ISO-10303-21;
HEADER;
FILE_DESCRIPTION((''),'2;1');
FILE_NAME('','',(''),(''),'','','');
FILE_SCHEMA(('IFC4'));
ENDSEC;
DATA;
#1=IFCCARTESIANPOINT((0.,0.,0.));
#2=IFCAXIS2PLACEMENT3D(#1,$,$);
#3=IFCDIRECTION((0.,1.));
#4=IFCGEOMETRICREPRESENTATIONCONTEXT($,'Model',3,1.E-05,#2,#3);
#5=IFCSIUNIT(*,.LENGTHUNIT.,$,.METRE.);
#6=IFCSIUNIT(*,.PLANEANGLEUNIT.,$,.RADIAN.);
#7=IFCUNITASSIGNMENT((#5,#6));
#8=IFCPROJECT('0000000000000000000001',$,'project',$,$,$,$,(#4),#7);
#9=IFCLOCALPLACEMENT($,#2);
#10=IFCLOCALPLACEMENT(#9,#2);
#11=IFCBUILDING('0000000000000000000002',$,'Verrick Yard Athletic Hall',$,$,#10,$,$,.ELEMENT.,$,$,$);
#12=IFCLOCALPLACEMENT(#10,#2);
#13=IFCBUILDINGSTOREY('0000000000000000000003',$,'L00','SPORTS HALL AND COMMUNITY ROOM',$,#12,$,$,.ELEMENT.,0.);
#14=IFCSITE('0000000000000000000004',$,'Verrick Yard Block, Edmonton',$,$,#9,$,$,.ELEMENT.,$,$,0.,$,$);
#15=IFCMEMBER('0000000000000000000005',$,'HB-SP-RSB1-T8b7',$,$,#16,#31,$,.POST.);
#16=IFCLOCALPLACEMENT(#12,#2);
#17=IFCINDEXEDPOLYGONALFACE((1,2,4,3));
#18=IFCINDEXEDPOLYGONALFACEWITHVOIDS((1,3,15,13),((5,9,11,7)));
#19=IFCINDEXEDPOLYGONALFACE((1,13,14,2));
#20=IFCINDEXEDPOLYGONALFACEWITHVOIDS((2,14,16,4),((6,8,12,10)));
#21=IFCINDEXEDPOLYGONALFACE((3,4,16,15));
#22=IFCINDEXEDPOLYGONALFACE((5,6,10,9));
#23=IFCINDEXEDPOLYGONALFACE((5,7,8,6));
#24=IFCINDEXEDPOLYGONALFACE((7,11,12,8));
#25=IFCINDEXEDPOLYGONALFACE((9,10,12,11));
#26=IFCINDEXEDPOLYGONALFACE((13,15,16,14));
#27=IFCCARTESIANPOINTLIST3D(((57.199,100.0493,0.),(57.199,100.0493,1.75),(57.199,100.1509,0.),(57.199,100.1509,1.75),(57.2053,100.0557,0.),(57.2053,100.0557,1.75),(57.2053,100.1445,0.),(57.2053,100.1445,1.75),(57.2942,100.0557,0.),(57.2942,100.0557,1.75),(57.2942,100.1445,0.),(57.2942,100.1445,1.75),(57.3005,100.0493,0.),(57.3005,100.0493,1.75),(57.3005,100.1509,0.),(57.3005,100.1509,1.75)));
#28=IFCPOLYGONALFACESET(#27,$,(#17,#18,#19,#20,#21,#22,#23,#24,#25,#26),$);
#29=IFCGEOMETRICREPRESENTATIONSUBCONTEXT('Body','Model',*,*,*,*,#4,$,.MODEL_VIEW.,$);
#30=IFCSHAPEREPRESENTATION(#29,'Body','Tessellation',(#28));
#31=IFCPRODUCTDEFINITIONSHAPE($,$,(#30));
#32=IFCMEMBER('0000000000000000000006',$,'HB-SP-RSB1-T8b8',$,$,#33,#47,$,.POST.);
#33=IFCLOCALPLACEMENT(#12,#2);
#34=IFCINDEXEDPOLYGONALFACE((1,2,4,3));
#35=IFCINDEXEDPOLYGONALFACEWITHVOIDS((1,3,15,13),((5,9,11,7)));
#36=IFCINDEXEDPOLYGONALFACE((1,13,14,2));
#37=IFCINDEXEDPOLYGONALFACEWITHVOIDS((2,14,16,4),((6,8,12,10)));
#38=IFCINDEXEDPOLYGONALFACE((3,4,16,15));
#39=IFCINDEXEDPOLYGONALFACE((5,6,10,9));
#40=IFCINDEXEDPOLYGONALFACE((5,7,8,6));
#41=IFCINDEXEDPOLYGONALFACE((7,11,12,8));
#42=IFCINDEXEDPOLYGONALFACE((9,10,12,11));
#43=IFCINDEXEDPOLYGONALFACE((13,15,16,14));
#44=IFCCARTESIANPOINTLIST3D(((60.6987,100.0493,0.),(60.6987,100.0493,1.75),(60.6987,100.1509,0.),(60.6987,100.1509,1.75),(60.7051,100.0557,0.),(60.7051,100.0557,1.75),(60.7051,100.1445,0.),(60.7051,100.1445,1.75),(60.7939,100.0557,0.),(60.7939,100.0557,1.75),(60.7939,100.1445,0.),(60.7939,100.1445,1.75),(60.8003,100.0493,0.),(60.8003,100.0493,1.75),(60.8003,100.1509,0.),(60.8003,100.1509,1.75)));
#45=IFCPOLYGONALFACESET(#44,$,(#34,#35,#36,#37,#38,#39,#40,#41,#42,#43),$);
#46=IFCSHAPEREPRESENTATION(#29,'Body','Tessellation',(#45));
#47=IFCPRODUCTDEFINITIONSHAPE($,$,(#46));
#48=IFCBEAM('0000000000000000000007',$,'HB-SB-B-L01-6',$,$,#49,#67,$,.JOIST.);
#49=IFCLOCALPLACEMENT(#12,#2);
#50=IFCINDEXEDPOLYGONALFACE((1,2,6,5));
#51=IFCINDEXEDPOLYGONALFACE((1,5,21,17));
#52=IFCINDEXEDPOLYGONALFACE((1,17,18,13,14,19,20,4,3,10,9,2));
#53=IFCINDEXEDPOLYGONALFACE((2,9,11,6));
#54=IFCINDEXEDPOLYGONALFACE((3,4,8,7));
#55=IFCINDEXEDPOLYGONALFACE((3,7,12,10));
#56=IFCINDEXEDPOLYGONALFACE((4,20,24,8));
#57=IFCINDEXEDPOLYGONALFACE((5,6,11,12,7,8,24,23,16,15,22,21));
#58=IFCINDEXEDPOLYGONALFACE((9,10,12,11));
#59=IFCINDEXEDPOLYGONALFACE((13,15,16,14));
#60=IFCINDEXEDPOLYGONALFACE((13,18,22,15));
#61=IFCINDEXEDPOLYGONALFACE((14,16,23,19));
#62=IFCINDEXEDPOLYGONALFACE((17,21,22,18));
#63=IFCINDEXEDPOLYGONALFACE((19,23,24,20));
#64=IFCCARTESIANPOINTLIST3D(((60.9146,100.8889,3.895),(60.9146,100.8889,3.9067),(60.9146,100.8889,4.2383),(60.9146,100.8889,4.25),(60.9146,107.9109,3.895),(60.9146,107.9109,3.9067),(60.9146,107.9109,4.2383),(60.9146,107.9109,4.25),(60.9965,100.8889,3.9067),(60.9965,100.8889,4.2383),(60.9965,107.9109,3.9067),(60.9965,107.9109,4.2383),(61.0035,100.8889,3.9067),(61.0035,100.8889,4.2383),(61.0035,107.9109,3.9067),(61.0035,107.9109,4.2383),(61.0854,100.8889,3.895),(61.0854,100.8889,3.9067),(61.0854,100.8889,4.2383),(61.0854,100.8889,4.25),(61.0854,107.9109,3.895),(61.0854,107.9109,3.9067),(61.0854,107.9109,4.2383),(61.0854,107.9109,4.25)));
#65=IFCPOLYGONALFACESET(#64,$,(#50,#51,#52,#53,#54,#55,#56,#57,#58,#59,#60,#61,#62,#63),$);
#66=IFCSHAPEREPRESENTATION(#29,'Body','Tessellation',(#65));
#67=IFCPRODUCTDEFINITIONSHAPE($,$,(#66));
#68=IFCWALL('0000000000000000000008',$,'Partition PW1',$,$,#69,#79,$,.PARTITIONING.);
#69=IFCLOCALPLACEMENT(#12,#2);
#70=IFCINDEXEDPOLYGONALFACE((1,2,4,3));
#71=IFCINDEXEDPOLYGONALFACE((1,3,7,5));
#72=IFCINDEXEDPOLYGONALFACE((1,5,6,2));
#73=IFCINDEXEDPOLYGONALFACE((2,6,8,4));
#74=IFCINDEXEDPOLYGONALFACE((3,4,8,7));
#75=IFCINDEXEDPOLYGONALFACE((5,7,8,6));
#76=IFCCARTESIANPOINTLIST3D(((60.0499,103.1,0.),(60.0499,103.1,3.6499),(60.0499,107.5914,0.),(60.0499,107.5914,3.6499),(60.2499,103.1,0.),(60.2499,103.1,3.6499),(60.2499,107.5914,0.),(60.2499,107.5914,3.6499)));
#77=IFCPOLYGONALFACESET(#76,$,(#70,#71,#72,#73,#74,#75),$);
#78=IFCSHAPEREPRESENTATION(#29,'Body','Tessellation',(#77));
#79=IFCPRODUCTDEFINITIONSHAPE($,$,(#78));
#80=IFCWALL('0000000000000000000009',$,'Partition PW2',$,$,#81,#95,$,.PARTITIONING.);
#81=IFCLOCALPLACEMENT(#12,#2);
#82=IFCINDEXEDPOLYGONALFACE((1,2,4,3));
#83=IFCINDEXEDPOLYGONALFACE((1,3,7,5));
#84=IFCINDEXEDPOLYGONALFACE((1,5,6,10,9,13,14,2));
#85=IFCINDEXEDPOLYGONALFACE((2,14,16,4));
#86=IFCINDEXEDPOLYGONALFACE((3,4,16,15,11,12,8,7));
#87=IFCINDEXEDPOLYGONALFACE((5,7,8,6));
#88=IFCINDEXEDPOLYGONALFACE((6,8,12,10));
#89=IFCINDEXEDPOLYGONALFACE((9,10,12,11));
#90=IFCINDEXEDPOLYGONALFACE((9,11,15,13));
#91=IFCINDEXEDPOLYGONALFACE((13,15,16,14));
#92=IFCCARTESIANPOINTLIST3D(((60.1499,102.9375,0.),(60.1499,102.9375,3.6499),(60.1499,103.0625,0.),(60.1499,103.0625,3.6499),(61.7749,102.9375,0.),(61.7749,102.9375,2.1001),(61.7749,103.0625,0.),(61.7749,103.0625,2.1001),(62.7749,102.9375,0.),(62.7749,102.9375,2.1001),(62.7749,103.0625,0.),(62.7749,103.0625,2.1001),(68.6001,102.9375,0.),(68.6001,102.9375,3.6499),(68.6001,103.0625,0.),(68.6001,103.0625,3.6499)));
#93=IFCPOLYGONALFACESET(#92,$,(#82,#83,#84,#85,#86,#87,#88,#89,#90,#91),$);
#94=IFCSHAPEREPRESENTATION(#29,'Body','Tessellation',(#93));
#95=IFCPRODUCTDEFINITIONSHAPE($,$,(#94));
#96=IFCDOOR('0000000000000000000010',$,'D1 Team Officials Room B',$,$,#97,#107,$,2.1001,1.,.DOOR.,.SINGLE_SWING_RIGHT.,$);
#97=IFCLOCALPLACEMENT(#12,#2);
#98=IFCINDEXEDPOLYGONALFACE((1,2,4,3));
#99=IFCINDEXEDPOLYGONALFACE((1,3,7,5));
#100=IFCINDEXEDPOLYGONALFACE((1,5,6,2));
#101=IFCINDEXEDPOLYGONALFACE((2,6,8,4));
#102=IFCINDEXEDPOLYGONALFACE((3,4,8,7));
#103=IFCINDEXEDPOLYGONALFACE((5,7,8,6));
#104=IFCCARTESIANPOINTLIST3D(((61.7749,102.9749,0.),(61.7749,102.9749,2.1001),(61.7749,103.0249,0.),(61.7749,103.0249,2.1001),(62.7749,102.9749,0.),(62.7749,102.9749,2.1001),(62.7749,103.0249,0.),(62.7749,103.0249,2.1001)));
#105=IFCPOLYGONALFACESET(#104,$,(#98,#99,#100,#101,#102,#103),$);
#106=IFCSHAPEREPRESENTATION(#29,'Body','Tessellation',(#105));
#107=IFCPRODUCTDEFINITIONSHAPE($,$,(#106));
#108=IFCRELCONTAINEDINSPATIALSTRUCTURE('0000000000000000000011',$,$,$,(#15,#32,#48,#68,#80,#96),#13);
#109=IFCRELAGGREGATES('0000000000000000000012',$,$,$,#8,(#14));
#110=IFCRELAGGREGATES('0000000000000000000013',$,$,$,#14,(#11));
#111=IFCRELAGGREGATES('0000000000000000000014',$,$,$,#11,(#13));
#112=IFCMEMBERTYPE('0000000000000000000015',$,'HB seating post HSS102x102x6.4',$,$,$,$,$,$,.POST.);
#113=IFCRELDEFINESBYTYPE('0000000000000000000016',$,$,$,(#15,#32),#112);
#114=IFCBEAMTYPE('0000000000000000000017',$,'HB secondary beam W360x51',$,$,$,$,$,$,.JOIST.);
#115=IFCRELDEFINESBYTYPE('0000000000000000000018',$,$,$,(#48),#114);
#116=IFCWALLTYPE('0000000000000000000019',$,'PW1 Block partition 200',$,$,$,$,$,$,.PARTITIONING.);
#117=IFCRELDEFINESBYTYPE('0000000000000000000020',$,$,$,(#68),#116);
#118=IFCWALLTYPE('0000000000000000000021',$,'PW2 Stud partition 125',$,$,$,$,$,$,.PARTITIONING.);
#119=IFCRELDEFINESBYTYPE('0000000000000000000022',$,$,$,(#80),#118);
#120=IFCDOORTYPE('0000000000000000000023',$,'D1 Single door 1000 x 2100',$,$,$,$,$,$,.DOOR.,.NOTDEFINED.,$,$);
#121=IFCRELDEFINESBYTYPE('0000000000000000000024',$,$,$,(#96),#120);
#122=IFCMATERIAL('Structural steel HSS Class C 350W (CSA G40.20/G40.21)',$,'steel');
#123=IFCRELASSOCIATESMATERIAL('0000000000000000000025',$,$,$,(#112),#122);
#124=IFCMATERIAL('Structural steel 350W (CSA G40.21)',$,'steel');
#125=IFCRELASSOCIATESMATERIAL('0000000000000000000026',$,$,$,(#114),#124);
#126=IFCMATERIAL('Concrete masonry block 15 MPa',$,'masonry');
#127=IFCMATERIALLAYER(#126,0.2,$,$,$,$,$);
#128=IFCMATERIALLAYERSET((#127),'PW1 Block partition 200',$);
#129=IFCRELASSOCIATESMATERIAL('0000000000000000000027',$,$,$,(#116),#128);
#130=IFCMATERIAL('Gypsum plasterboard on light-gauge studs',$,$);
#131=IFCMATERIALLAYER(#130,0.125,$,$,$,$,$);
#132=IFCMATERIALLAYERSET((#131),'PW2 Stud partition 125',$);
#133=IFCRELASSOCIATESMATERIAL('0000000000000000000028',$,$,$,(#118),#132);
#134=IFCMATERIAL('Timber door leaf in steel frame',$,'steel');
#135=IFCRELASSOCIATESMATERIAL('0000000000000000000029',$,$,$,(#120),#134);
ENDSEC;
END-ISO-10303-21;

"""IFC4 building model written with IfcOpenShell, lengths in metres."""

from ifc_helpers import new_model, si_unit, direction, frame, frame_2d, origin, origin_2d, place, context, subcontext, project, spatial, rectangle, hollow_rectangle, i_section, extrude, material, layer, layer_set, material_profile, profile_set, type_object, element, fill, save


model = new_model("IFC4")

# Units and contexts
model_context = context("Model", 3, precision=1e-05, world=origin(), true_north=direction((0.0, 1.0)))
body_context = subcontext(model_context, "Body", "Model", "MODEL_VIEW")
ifc_project = project(units=[si_unit("LENGTHUNIT", "METRE"), si_unit("PLANEANGLEUNIT", "RADIAN")], contexts=[model_context])

# Site, building, storey
site_placement = place(None, origin())
site = spatial("IfcSite", under=ifc_project, at=site_placement, Name="Verrick Yard Block, Edmonton", CompositionType="ELEMENT", RefElevation=0.0)
building_placement = place(site_placement, origin())
building = spatial("IfcBuilding", under=site, at=building_placement, Name="Verrick Yard Athletic Hall", CompositionType="ELEMENT")
storey_placement = place(building_placement, origin())
storey = spatial("IfcBuildingStorey", under=building, at=storey_placement, Name="L00", Description="SPORTS HALL AND COMMUNITY ROOM", CompositionType="ELEMENT", Elevation=0.0)

# Shared definitions
ifc_material_1 = material(Name="Structural steel 350W (CSA G40.21)", Category="steel")

# Members
ifc_material_2 = material(Name="Structural steel HSS Class C 350W (CSA G40.20/G40.21)", Category="steel")
ifc_material_profile_1 = material_profile(ifc_material_2, hollow_rectangle(XDim=0.1016, YDim=0.1016, WallThickness=0.0063, at=origin_2d()), Name="HSS102x102x6.4")
ifc_profile_set_1 = profile_set([ifc_material_profile_1], Name="Structural steel HSS Class C 350W (CSA G40.20/G40.21)")
member_type = type_object("IfcMemberType", Name="HB seating post HSS102x102x6.4", PredefinedType="POST", material=ifc_profile_set_1)
for number, where, z_axis, x_axis, name in (
    (1, (57.2498, 100.1001, 0.0), (0.0, 0.0, 1.0), (0.0, 1.0, 0.0), "HB-SP-RSB1-T8b7"),
    (2, (60.7495, 100.1001, 0.0), (0.0, 0.0, 1.0), (0.0, 1.0, 0.0), "HB-SP-RSB1-T8b8"),
):
    element("IfcMember", number, at=place(storey_placement, frame(where, z_axis=z_axis, x_axis=x_axis)), inside=storey, type_object=member_type, Name=name, PredefinedType="POST", context=body_context, shape_type="SweptSolid", body=[
        extrude(hollow_rectangle(XDim=0.1016, YDim=0.1016, WallThickness=0.0063, at=origin_2d()), origin(), (0.0, 0.0, 1.0), 1.75),
    ])

# Beam
ifc_material_profile_2 = material_profile(ifc_material_1, i_section(OverallWidth=0.1709, OverallDepth=0.355, WebThickness=0.0071, FlangeThickness=0.0117, at=origin_2d()), Name="W360x51")
ifc_profile_set_2 = profile_set([ifc_material_profile_2], Name="Structural steel 350W (CSA G40.21)")
beam_type_1 = type_object("IfcBeamType", Name="HB secondary beam W360x51", PredefinedType="JOIST", material=ifc_profile_set_2)
beam_placement = place(storey_placement, frame((61.0, 100.8889, 4.0725), z_axis=(0.0, 1.0, 0.0), x_axis=(-1.0, 0.0, 0.0)))
element("IfcBeam", 3, at=beam_placement, inside=storey, type_object=beam_type_1, Name="HB-SB-B-L01-6", PredefinedType="JOIST", context=body_context, shape_type="SweptSolid", body=[
    extrude(i_section(OverallWidth=0.1709, OverallDepth=0.355, WebThickness=0.0071, FlangeThickness=0.0117, at=origin_2d()), origin(), (0.0, 0.0, 1.0), 7.022),
])

# Wall
ifc_material_3 = material(Name="Concrete masonry block 15 MPa", Category="masonry")
ifc_layer_1 = layer(ifc_material_3, 0.2)
ifc_layer_set_1 = layer_set([ifc_layer_1], Name="PW1 Block partition 200")
wall_type_1 = type_object("IfcWallType", Name="PW1 Block partition 200", PredefinedType="PARTITIONING", material=ifc_layer_set_1)
wall_1_placement = place(storey_placement, frame((60.1499, 103.1001, 0.0), z_axis=(0.0, 0.0, 1.0), x_axis=(0.0, 1.0, 0.0)))
element("IfcWall", 4, at=wall_1_placement, inside=storey, type_object=wall_type_1, Name="Partition PW1", PredefinedType="PARTITIONING", context=body_context, shape_type="SweptSolid", body=[
    extrude(rectangle(XDim=4.4915, YDim=0.2, at=frame_2d((2.2456, 0.0))), origin(), (0.0, 0.0, 1.0), 3.6499),
])

# Wall, opening, door
ifc_material_4 = material(Name="Gypsum plasterboard on light-gauge studs")
ifc_layer_2 = layer(ifc_material_4, 0.125)
ifc_layer_set_2 = layer_set([ifc_layer_2], Name="PW2 Stud partition 125")
wall_type_2 = type_object("IfcWallType", Name="PW2 Stud partition 125", PredefinedType="PARTITIONING", material=ifc_layer_set_2)
wall_2_placement = place(storey_placement, frame((60.1499, 103.0, 0.0), z_axis=(0.0, 0.0, 1.0), x_axis=(1.0, 0.0, 0.0)))
wall_2 = element("IfcWall", 5, at=wall_2_placement, inside=storey, type_object=wall_type_2, Name="Partition PW2", PredefinedType="PARTITIONING", context=body_context, shape_type="SweptSolid", body=[
    extrude(rectangle(XDim=8.4502, YDim=0.125, at=frame_2d((4.2251, 0.0))), origin(), (0.0, 0.0, 1.0), 3.6499),
])
opening_placement = place(wall_2_placement, frame((1.625, 0.0, 0.0)))
opening = element("IfcOpeningElement", 6, at=opening_placement, cuts=wall_2, PredefinedType="OPENING", context=body_context, shape_type="SweptSolid", body=[
    extrude(rectangle(XDim=1.0, YDim=2.1001, at=frame_2d((0.5, 1.05))), frame((0.0, 0.0725, 0.0), z_axis=(0.0, -1.0, 0.0), x_axis=(1.0, 0.0, 0.0)), (0.0, 0.0, 1.0), 0.145),
])
ifc_material_5 = material(Name="Timber door leaf in steel frame", Category="steel")
door_type = type_object("IfcDoorType", Name="D1 Single door 1000 x 2100", OperationType="NOTDEFINED", PredefinedType="DOOR", material=ifc_material_5)
door_placement = place(opening_placement, origin())
door = element("IfcDoor", 7, at=door_placement, inside=storey, type_object=door_type, Name="D1 Team Officials Room B", OperationType="SINGLE_SWING_RIGHT", OverallHeight=2.1001, OverallWidth=1.0, PredefinedType="DOOR", context=body_context, shape_type="SweptSolid", body=[
    extrude(rectangle(XDim=1.0, YDim=2.1001, at=frame_2d((0.5, 1.05))), frame((0.0, 0.0249, 0.0), z_axis=(0.0, -1.0, 0.0), x_axis=(1.0, 0.0, 0.0)), (0.0, 0.0, 1.0), 0.05),
])
fill(opening, door)

save(model, "model.ifc")
